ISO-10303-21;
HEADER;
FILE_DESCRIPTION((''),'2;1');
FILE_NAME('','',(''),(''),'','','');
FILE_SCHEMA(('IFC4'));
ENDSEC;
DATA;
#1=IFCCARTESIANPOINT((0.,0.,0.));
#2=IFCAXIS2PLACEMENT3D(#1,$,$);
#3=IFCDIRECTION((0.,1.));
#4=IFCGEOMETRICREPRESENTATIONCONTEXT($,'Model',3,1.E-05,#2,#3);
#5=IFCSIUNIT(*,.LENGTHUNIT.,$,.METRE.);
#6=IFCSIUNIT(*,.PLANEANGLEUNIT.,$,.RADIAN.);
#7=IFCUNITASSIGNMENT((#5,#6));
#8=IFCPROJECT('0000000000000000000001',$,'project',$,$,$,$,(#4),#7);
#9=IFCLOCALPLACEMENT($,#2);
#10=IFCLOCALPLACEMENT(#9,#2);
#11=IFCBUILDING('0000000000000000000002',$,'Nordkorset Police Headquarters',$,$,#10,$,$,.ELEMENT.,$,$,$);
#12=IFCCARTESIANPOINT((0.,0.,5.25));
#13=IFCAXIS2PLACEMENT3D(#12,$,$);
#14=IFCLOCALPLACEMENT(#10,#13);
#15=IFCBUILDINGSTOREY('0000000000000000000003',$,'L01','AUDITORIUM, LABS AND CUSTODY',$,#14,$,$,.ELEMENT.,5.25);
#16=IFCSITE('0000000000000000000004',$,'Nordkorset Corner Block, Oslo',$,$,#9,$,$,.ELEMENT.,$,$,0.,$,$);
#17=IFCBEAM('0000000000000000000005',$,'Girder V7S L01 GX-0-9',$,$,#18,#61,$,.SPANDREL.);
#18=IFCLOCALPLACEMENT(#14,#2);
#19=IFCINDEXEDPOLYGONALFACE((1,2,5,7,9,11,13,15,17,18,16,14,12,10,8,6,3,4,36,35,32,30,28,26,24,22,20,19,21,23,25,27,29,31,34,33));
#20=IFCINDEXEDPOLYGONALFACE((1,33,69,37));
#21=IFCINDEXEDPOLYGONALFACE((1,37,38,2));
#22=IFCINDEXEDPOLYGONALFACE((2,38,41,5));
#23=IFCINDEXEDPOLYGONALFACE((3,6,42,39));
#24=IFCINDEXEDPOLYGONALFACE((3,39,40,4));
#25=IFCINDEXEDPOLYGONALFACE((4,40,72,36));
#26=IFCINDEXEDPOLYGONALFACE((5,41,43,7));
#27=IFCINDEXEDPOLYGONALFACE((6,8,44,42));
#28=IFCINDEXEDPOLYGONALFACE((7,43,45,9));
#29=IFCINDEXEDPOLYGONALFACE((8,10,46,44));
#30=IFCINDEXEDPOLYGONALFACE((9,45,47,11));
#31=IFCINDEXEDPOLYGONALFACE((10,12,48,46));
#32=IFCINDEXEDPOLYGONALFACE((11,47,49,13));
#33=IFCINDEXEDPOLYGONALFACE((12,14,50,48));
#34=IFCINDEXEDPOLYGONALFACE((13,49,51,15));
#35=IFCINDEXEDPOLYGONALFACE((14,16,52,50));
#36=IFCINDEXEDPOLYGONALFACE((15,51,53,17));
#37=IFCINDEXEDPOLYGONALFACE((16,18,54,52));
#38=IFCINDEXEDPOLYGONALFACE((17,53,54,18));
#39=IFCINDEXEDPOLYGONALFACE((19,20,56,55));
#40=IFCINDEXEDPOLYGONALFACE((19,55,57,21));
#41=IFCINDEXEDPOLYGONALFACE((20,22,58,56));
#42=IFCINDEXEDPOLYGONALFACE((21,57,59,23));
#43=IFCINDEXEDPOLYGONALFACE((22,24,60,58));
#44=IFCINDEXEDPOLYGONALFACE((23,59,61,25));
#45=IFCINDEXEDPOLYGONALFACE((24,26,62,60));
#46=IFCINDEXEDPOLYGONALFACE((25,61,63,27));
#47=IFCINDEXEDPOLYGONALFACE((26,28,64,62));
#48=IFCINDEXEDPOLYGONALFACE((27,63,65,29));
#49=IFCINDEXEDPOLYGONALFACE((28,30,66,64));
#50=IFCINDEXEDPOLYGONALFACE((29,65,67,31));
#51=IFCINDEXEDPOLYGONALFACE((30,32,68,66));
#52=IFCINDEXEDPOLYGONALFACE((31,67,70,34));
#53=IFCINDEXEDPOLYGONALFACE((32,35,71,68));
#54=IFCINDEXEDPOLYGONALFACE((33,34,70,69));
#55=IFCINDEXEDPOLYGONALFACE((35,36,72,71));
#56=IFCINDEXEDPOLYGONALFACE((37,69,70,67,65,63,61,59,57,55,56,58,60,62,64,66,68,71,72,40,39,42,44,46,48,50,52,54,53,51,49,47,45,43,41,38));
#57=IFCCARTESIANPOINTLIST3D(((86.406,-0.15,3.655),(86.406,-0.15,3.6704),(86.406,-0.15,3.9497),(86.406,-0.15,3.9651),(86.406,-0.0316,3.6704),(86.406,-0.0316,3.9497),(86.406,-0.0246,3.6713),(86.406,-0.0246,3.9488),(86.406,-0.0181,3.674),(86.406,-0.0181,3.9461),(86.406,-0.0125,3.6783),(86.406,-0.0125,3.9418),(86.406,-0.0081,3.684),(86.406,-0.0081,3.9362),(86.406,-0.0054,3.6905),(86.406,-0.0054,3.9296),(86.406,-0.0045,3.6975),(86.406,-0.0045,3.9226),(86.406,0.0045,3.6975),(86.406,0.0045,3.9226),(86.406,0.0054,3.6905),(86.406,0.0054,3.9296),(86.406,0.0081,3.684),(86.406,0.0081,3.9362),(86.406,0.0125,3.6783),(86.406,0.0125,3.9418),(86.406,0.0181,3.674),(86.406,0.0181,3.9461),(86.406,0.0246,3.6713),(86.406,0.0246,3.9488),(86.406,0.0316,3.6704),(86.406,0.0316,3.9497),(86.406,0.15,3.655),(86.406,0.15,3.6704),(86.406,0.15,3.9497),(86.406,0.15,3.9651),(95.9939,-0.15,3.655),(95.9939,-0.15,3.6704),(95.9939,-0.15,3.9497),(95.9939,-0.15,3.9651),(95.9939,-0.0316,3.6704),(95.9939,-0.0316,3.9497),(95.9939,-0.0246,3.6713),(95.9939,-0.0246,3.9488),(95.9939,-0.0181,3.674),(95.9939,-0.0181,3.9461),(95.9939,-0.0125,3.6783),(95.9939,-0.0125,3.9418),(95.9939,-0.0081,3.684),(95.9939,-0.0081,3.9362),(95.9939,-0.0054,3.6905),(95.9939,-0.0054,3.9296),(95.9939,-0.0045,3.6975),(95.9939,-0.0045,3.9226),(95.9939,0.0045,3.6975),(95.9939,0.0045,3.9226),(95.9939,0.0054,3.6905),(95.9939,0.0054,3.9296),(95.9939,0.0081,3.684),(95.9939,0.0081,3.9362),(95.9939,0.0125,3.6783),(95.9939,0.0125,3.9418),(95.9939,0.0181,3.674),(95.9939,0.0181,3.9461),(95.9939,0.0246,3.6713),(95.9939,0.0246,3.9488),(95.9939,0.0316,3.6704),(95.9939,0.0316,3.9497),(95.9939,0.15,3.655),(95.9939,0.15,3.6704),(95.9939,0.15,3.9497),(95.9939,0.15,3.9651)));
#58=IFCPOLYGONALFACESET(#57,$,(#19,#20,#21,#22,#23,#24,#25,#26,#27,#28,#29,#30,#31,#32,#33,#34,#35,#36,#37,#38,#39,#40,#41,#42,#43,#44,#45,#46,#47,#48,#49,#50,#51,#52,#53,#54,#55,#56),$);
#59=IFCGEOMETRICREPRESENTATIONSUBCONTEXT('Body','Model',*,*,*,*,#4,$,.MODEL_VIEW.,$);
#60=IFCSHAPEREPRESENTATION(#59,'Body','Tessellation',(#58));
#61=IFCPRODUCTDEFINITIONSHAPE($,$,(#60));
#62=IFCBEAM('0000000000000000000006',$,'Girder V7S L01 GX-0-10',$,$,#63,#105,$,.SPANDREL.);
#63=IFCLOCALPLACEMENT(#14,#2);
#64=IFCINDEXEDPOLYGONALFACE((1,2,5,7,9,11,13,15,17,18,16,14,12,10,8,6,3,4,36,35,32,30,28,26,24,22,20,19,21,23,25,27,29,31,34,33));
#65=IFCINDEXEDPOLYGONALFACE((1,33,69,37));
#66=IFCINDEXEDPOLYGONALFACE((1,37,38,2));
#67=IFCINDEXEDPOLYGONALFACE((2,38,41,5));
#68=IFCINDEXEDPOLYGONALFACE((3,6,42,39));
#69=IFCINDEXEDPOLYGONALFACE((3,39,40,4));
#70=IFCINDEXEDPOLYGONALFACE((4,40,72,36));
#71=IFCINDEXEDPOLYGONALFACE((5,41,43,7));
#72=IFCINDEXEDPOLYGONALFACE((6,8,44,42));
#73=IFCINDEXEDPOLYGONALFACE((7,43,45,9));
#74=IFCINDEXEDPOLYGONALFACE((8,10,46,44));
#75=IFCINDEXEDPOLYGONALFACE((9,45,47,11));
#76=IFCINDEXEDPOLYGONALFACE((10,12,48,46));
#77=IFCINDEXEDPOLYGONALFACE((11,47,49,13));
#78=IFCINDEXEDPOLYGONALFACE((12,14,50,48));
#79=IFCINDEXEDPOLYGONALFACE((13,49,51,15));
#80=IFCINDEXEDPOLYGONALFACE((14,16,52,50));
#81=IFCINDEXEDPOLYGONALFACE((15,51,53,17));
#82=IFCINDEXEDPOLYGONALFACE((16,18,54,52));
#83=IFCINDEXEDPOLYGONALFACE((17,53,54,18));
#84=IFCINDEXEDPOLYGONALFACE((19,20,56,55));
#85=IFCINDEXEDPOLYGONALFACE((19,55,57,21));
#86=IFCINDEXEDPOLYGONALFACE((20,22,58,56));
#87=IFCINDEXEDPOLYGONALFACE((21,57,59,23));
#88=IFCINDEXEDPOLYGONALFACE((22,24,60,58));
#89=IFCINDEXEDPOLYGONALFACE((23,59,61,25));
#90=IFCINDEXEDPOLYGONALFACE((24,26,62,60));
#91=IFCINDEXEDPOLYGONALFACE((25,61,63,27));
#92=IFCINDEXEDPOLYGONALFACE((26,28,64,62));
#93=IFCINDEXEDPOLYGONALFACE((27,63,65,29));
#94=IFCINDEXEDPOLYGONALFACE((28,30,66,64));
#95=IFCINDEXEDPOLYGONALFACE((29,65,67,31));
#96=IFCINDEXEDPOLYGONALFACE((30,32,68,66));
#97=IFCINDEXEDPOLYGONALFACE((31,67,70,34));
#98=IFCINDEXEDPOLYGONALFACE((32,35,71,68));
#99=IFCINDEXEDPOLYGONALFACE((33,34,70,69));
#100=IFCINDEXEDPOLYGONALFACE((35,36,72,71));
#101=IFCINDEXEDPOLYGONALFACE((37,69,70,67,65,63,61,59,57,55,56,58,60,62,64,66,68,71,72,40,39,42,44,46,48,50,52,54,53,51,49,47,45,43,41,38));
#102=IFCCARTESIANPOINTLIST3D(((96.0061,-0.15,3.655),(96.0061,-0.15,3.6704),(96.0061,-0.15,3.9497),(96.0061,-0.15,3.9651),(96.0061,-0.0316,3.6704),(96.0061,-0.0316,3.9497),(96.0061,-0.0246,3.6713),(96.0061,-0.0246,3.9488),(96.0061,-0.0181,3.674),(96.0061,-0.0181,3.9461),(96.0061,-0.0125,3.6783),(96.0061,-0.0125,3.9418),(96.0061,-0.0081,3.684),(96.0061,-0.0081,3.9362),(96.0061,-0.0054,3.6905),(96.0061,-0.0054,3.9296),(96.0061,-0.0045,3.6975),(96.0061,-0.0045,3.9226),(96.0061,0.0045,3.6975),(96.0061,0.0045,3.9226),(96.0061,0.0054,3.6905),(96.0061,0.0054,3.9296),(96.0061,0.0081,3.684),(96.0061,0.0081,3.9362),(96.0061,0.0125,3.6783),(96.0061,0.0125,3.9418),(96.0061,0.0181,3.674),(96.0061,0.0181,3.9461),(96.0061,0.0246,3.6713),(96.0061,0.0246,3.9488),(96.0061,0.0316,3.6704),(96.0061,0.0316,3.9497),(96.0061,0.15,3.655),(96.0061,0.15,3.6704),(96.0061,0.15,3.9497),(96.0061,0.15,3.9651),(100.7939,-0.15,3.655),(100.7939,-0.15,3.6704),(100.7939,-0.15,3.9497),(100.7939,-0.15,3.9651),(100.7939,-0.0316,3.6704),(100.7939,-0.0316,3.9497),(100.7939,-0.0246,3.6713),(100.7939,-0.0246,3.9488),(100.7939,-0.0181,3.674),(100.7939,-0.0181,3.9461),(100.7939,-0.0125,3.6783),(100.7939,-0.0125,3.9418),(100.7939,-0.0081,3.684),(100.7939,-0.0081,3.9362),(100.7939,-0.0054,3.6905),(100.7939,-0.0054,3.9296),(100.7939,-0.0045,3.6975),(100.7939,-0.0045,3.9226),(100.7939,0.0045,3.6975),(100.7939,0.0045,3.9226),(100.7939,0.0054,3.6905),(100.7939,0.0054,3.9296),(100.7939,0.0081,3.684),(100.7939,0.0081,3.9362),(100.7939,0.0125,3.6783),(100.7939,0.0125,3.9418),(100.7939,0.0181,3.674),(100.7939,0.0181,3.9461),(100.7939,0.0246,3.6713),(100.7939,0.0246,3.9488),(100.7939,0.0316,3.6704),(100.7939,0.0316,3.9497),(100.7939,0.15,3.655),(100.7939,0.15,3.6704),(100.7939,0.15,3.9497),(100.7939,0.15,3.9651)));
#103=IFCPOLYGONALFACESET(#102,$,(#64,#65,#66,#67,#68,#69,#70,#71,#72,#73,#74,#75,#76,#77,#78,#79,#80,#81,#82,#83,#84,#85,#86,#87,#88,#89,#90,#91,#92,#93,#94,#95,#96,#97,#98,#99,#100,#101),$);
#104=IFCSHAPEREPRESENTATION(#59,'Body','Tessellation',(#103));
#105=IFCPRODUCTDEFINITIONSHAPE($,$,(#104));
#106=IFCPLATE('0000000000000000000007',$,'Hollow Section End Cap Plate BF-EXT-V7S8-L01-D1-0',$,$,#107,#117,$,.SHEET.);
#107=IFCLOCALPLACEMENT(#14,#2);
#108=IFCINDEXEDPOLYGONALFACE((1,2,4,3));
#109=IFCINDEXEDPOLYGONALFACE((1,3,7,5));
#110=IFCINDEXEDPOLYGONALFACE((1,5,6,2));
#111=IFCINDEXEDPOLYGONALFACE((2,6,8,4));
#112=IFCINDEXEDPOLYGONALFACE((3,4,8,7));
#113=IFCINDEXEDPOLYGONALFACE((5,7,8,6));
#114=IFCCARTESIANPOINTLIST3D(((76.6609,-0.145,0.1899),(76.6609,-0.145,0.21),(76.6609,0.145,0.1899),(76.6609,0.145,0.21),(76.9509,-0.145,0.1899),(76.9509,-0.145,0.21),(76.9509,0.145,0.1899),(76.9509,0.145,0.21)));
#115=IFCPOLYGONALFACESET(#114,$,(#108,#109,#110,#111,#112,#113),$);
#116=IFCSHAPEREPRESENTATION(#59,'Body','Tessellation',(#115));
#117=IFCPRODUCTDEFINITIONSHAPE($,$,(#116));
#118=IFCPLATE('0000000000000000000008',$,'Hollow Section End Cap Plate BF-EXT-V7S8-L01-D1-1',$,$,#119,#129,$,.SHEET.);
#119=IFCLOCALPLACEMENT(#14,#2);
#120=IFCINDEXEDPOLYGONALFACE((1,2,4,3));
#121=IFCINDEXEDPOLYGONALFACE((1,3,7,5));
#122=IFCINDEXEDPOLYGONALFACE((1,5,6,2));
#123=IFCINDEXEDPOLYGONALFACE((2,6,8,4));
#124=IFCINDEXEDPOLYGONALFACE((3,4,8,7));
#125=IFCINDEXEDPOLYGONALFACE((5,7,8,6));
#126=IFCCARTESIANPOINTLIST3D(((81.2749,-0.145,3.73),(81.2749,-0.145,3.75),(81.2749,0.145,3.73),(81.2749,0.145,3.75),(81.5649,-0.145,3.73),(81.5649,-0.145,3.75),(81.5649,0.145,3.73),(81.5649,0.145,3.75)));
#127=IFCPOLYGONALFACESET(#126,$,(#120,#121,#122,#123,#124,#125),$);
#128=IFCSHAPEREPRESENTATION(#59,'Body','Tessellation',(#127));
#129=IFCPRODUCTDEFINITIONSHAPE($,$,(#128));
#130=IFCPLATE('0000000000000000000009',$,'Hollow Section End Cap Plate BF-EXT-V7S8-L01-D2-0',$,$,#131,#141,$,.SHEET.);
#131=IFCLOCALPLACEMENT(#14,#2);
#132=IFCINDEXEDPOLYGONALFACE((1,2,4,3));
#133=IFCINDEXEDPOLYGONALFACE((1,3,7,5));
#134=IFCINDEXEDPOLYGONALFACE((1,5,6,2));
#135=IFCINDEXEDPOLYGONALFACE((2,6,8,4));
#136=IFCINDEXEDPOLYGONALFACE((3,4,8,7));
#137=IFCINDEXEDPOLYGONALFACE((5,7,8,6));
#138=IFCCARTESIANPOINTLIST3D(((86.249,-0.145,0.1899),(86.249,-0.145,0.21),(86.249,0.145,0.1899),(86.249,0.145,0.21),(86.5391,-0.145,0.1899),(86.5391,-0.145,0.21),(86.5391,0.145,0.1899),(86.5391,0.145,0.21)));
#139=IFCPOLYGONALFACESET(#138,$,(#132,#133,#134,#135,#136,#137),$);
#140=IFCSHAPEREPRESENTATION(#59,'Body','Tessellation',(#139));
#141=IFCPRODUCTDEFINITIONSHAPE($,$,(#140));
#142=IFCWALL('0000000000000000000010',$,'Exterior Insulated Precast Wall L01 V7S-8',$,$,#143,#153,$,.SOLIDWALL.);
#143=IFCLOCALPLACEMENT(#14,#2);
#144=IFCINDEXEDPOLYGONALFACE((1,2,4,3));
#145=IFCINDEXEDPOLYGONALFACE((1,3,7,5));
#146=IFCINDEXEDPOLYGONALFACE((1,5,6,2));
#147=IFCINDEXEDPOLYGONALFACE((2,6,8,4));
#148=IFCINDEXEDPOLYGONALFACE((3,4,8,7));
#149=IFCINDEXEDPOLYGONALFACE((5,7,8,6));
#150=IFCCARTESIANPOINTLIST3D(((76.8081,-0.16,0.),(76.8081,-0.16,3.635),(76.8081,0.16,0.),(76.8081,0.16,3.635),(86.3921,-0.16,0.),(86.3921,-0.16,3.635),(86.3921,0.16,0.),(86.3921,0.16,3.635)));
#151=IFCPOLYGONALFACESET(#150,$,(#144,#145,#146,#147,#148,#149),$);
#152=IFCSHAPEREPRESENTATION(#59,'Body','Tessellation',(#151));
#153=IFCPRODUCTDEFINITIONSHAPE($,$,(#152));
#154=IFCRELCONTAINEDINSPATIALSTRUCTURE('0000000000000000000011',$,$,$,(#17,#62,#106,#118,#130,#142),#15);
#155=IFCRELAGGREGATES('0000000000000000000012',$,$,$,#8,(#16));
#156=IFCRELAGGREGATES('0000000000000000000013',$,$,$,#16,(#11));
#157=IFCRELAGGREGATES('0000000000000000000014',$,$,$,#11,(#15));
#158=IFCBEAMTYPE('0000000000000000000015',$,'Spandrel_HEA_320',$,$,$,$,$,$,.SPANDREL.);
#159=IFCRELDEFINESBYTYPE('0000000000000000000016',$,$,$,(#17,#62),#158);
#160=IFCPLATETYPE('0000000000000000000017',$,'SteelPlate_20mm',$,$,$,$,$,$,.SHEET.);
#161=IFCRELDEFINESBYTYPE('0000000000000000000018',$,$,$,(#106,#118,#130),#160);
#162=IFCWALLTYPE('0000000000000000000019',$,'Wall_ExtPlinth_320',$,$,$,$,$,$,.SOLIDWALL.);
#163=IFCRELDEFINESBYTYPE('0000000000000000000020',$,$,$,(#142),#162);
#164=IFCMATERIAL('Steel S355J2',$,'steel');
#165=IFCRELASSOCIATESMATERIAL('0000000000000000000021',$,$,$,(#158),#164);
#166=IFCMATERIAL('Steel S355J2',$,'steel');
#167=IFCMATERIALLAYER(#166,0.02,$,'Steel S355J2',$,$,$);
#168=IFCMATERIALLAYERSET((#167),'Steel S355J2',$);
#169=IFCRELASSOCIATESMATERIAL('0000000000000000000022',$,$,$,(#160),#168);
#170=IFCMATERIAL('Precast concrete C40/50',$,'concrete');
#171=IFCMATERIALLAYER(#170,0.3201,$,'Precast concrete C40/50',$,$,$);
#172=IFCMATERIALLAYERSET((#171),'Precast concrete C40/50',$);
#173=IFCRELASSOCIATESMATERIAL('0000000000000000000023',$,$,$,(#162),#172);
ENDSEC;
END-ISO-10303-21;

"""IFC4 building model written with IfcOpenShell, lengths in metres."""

from ifc_helpers import new_model, si_unit, direction, frame, frame_2d, origin, origin_2d, place, context, subcontext, project, spatial, rectangle, i_section, extrude, material, layer, layer_set, material_profile, profile_set, type_object, element, save


model = new_model("IFC4")

# Units and contexts
model_context = context("Model", 3, precision=1e-05, world=origin(), true_north=direction((0.0, 1.0)))
body_context = subcontext(model_context, "Body", "Model", "MODEL_VIEW")
ifc_project = project(units=[si_unit("LENGTHUNIT", "METRE"), si_unit("PLANEANGLEUNIT", "RADIAN")], contexts=[model_context])

# Site, building, storey
site_placement = place(None, origin())
site = spatial("IfcSite", under=ifc_project, at=site_placement, Name="Nordkorset Corner Block, Oslo", CompositionType="ELEMENT", RefElevation=0.0)
building_placement = place(site_placement, origin())
building = spatial("IfcBuilding", under=site, at=building_placement, Name="Nordkorset Police Headquarters", CompositionType="ELEMENT")
storey_placement = place(building_placement, frame((0.0, 0.0, 5.25)))
storey = spatial("IfcBuildingStorey", under=building, at=storey_placement, Name="L01", Description="AUDITORIUM, LABS AND CUSTODY", CompositionType="ELEMENT", Elevation=5.25)

# Beams
ifc_material_1 = material(Name="Steel S355J2", Category="steel")
ifc_material_profile_1 = material_profile(ifc_material_1, i_section(OverallWidth=0.3, OverallDepth=0.3101, WebThickness=0.009, FlangeThickness=0.0154, FilletRadius=0.0271, at=origin_2d()), Name="HEA 320")
ifc_profile_set_1 = profile_set([ifc_material_profile_1], Name="Steel S355J2")
beam_type_1 = type_object("IfcBeamType", Name="Spandrel_HEA_320", PredefinedType="SPANDREL", material=ifc_profile_set_1)
beam_1_placement = place(storey_placement, frame((86.406, 0.0, 3.8101), z_axis=(1.0, 0.0, 0.0), x_axis=(0.0, 1.0, 0.0)))
element("IfcBeam", 1, at=beam_1_placement, inside=storey, type_object=beam_type_1, Name="Girder V7S L01 GX-0-9", PredefinedType="SPANDREL", context=body_context, shape_type="SweptSolid", body=[
    extrude(i_section(OverallWidth=0.3, OverallDepth=0.3101, WebThickness=0.009, FlangeThickness=0.0154, FilletRadius=0.0271, at=origin_2d()), origin(), (0.0, 0.0, 1.0), 9.5879),
])
beam_2_placement = place(storey_placement, frame((96.0061, 0.0, 3.8101), z_axis=(1.0, 0.0, 0.0), x_axis=(0.0, 1.0, 0.0)))
element("IfcBeam", 2, at=beam_2_placement, inside=storey, type_object=beam_type_1, Name="Girder V7S L01 GX-0-10", PredefinedType="SPANDREL", context=body_context, shape_type="SweptSolid", body=[
    extrude(i_section(OverallWidth=0.3, OverallDepth=0.3101, WebThickness=0.009, FlangeThickness=0.0154, FilletRadius=0.0271, at=origin_2d()), origin(), (0.0, 0.0, 1.0), 4.7878),
])

# Plates
ifc_material_2 = material(Name="Steel S355J2", Category="steel")
ifc_layer_1 = layer(ifc_material_2, 0.02, Name="Steel S355J2")
ifc_layer_set_1 = layer_set([ifc_layer_1], Name="Steel S355J2")
plate_type = type_object("IfcPlateType", Name="SteelPlate_20mm", PredefinedType="SHEET", material=ifc_layer_set_1)
for number, where, z_axis, x_axis, name in (
    (3, (76.8059, 0.0, 0.1899), (0.0, 0.0, 1.0), (1.0, 0.0, 0.0), "Hollow Section End Cap Plate BF-EXT-V7S8-L01-D1-0"),
    (4, (81.4199, 0.0, 3.73), (0.0, 0.0, 1.0), (1.0, 0.0, 0.0), "Hollow Section End Cap Plate BF-EXT-V7S8-L01-D1-1"),
    (5, (86.394, 0.0, 0.1899), (0.0, 0.0, 1.0), (1.0, 0.0, 0.0), "Hollow Section End Cap Plate BF-EXT-V7S8-L01-D2-0"),
):
    element("IfcPlate", number, at=place(storey_placement, frame(where, z_axis=z_axis, x_axis=x_axis)), inside=storey, type_object=plate_type, Name=name, PredefinedType="SHEET", context=body_context, shape_type="SweptSolid", body=[
        extrude(rectangle(XDim=0.29, YDim=0.29, at=origin_2d()), origin(), (0.0, 0.0, 1.0), 0.02),
    ])

# Wall
ifc_material_3 = material(Name="Precast concrete C40/50", Category="concrete")
ifc_layer_2 = layer(ifc_material_3, 0.3201, Name="Precast concrete C40/50")
ifc_layer_set_2 = layer_set([ifc_layer_2], Name="Precast concrete C40/50")
wall_type = type_object("IfcWallType", Name="Wall_ExtPlinth_320", PredefinedType="SOLIDWALL", material=ifc_layer_set_2)
wall_1_placement = place(storey_placement, frame((76.8081, 0.0, 0.0), z_axis=(0.0, 0.0, 1.0), x_axis=(1.0, 0.0, 0.0)))
element("IfcWall", 6, at=wall_1_placement, inside=storey, type_object=wall_type, Name="Exterior Insulated Precast Wall L01 V7S-8", PredefinedType="SOLIDWALL", context=body_context, shape_type="SweptSolid", body=[
    extrude(rectangle(XDim=9.584, YDim=0.3201, at=frame_2d((4.792, 0.0))), origin(), (0.0, 0.0, 1.0), 3.635),
])

save(model, "model.ifc")
